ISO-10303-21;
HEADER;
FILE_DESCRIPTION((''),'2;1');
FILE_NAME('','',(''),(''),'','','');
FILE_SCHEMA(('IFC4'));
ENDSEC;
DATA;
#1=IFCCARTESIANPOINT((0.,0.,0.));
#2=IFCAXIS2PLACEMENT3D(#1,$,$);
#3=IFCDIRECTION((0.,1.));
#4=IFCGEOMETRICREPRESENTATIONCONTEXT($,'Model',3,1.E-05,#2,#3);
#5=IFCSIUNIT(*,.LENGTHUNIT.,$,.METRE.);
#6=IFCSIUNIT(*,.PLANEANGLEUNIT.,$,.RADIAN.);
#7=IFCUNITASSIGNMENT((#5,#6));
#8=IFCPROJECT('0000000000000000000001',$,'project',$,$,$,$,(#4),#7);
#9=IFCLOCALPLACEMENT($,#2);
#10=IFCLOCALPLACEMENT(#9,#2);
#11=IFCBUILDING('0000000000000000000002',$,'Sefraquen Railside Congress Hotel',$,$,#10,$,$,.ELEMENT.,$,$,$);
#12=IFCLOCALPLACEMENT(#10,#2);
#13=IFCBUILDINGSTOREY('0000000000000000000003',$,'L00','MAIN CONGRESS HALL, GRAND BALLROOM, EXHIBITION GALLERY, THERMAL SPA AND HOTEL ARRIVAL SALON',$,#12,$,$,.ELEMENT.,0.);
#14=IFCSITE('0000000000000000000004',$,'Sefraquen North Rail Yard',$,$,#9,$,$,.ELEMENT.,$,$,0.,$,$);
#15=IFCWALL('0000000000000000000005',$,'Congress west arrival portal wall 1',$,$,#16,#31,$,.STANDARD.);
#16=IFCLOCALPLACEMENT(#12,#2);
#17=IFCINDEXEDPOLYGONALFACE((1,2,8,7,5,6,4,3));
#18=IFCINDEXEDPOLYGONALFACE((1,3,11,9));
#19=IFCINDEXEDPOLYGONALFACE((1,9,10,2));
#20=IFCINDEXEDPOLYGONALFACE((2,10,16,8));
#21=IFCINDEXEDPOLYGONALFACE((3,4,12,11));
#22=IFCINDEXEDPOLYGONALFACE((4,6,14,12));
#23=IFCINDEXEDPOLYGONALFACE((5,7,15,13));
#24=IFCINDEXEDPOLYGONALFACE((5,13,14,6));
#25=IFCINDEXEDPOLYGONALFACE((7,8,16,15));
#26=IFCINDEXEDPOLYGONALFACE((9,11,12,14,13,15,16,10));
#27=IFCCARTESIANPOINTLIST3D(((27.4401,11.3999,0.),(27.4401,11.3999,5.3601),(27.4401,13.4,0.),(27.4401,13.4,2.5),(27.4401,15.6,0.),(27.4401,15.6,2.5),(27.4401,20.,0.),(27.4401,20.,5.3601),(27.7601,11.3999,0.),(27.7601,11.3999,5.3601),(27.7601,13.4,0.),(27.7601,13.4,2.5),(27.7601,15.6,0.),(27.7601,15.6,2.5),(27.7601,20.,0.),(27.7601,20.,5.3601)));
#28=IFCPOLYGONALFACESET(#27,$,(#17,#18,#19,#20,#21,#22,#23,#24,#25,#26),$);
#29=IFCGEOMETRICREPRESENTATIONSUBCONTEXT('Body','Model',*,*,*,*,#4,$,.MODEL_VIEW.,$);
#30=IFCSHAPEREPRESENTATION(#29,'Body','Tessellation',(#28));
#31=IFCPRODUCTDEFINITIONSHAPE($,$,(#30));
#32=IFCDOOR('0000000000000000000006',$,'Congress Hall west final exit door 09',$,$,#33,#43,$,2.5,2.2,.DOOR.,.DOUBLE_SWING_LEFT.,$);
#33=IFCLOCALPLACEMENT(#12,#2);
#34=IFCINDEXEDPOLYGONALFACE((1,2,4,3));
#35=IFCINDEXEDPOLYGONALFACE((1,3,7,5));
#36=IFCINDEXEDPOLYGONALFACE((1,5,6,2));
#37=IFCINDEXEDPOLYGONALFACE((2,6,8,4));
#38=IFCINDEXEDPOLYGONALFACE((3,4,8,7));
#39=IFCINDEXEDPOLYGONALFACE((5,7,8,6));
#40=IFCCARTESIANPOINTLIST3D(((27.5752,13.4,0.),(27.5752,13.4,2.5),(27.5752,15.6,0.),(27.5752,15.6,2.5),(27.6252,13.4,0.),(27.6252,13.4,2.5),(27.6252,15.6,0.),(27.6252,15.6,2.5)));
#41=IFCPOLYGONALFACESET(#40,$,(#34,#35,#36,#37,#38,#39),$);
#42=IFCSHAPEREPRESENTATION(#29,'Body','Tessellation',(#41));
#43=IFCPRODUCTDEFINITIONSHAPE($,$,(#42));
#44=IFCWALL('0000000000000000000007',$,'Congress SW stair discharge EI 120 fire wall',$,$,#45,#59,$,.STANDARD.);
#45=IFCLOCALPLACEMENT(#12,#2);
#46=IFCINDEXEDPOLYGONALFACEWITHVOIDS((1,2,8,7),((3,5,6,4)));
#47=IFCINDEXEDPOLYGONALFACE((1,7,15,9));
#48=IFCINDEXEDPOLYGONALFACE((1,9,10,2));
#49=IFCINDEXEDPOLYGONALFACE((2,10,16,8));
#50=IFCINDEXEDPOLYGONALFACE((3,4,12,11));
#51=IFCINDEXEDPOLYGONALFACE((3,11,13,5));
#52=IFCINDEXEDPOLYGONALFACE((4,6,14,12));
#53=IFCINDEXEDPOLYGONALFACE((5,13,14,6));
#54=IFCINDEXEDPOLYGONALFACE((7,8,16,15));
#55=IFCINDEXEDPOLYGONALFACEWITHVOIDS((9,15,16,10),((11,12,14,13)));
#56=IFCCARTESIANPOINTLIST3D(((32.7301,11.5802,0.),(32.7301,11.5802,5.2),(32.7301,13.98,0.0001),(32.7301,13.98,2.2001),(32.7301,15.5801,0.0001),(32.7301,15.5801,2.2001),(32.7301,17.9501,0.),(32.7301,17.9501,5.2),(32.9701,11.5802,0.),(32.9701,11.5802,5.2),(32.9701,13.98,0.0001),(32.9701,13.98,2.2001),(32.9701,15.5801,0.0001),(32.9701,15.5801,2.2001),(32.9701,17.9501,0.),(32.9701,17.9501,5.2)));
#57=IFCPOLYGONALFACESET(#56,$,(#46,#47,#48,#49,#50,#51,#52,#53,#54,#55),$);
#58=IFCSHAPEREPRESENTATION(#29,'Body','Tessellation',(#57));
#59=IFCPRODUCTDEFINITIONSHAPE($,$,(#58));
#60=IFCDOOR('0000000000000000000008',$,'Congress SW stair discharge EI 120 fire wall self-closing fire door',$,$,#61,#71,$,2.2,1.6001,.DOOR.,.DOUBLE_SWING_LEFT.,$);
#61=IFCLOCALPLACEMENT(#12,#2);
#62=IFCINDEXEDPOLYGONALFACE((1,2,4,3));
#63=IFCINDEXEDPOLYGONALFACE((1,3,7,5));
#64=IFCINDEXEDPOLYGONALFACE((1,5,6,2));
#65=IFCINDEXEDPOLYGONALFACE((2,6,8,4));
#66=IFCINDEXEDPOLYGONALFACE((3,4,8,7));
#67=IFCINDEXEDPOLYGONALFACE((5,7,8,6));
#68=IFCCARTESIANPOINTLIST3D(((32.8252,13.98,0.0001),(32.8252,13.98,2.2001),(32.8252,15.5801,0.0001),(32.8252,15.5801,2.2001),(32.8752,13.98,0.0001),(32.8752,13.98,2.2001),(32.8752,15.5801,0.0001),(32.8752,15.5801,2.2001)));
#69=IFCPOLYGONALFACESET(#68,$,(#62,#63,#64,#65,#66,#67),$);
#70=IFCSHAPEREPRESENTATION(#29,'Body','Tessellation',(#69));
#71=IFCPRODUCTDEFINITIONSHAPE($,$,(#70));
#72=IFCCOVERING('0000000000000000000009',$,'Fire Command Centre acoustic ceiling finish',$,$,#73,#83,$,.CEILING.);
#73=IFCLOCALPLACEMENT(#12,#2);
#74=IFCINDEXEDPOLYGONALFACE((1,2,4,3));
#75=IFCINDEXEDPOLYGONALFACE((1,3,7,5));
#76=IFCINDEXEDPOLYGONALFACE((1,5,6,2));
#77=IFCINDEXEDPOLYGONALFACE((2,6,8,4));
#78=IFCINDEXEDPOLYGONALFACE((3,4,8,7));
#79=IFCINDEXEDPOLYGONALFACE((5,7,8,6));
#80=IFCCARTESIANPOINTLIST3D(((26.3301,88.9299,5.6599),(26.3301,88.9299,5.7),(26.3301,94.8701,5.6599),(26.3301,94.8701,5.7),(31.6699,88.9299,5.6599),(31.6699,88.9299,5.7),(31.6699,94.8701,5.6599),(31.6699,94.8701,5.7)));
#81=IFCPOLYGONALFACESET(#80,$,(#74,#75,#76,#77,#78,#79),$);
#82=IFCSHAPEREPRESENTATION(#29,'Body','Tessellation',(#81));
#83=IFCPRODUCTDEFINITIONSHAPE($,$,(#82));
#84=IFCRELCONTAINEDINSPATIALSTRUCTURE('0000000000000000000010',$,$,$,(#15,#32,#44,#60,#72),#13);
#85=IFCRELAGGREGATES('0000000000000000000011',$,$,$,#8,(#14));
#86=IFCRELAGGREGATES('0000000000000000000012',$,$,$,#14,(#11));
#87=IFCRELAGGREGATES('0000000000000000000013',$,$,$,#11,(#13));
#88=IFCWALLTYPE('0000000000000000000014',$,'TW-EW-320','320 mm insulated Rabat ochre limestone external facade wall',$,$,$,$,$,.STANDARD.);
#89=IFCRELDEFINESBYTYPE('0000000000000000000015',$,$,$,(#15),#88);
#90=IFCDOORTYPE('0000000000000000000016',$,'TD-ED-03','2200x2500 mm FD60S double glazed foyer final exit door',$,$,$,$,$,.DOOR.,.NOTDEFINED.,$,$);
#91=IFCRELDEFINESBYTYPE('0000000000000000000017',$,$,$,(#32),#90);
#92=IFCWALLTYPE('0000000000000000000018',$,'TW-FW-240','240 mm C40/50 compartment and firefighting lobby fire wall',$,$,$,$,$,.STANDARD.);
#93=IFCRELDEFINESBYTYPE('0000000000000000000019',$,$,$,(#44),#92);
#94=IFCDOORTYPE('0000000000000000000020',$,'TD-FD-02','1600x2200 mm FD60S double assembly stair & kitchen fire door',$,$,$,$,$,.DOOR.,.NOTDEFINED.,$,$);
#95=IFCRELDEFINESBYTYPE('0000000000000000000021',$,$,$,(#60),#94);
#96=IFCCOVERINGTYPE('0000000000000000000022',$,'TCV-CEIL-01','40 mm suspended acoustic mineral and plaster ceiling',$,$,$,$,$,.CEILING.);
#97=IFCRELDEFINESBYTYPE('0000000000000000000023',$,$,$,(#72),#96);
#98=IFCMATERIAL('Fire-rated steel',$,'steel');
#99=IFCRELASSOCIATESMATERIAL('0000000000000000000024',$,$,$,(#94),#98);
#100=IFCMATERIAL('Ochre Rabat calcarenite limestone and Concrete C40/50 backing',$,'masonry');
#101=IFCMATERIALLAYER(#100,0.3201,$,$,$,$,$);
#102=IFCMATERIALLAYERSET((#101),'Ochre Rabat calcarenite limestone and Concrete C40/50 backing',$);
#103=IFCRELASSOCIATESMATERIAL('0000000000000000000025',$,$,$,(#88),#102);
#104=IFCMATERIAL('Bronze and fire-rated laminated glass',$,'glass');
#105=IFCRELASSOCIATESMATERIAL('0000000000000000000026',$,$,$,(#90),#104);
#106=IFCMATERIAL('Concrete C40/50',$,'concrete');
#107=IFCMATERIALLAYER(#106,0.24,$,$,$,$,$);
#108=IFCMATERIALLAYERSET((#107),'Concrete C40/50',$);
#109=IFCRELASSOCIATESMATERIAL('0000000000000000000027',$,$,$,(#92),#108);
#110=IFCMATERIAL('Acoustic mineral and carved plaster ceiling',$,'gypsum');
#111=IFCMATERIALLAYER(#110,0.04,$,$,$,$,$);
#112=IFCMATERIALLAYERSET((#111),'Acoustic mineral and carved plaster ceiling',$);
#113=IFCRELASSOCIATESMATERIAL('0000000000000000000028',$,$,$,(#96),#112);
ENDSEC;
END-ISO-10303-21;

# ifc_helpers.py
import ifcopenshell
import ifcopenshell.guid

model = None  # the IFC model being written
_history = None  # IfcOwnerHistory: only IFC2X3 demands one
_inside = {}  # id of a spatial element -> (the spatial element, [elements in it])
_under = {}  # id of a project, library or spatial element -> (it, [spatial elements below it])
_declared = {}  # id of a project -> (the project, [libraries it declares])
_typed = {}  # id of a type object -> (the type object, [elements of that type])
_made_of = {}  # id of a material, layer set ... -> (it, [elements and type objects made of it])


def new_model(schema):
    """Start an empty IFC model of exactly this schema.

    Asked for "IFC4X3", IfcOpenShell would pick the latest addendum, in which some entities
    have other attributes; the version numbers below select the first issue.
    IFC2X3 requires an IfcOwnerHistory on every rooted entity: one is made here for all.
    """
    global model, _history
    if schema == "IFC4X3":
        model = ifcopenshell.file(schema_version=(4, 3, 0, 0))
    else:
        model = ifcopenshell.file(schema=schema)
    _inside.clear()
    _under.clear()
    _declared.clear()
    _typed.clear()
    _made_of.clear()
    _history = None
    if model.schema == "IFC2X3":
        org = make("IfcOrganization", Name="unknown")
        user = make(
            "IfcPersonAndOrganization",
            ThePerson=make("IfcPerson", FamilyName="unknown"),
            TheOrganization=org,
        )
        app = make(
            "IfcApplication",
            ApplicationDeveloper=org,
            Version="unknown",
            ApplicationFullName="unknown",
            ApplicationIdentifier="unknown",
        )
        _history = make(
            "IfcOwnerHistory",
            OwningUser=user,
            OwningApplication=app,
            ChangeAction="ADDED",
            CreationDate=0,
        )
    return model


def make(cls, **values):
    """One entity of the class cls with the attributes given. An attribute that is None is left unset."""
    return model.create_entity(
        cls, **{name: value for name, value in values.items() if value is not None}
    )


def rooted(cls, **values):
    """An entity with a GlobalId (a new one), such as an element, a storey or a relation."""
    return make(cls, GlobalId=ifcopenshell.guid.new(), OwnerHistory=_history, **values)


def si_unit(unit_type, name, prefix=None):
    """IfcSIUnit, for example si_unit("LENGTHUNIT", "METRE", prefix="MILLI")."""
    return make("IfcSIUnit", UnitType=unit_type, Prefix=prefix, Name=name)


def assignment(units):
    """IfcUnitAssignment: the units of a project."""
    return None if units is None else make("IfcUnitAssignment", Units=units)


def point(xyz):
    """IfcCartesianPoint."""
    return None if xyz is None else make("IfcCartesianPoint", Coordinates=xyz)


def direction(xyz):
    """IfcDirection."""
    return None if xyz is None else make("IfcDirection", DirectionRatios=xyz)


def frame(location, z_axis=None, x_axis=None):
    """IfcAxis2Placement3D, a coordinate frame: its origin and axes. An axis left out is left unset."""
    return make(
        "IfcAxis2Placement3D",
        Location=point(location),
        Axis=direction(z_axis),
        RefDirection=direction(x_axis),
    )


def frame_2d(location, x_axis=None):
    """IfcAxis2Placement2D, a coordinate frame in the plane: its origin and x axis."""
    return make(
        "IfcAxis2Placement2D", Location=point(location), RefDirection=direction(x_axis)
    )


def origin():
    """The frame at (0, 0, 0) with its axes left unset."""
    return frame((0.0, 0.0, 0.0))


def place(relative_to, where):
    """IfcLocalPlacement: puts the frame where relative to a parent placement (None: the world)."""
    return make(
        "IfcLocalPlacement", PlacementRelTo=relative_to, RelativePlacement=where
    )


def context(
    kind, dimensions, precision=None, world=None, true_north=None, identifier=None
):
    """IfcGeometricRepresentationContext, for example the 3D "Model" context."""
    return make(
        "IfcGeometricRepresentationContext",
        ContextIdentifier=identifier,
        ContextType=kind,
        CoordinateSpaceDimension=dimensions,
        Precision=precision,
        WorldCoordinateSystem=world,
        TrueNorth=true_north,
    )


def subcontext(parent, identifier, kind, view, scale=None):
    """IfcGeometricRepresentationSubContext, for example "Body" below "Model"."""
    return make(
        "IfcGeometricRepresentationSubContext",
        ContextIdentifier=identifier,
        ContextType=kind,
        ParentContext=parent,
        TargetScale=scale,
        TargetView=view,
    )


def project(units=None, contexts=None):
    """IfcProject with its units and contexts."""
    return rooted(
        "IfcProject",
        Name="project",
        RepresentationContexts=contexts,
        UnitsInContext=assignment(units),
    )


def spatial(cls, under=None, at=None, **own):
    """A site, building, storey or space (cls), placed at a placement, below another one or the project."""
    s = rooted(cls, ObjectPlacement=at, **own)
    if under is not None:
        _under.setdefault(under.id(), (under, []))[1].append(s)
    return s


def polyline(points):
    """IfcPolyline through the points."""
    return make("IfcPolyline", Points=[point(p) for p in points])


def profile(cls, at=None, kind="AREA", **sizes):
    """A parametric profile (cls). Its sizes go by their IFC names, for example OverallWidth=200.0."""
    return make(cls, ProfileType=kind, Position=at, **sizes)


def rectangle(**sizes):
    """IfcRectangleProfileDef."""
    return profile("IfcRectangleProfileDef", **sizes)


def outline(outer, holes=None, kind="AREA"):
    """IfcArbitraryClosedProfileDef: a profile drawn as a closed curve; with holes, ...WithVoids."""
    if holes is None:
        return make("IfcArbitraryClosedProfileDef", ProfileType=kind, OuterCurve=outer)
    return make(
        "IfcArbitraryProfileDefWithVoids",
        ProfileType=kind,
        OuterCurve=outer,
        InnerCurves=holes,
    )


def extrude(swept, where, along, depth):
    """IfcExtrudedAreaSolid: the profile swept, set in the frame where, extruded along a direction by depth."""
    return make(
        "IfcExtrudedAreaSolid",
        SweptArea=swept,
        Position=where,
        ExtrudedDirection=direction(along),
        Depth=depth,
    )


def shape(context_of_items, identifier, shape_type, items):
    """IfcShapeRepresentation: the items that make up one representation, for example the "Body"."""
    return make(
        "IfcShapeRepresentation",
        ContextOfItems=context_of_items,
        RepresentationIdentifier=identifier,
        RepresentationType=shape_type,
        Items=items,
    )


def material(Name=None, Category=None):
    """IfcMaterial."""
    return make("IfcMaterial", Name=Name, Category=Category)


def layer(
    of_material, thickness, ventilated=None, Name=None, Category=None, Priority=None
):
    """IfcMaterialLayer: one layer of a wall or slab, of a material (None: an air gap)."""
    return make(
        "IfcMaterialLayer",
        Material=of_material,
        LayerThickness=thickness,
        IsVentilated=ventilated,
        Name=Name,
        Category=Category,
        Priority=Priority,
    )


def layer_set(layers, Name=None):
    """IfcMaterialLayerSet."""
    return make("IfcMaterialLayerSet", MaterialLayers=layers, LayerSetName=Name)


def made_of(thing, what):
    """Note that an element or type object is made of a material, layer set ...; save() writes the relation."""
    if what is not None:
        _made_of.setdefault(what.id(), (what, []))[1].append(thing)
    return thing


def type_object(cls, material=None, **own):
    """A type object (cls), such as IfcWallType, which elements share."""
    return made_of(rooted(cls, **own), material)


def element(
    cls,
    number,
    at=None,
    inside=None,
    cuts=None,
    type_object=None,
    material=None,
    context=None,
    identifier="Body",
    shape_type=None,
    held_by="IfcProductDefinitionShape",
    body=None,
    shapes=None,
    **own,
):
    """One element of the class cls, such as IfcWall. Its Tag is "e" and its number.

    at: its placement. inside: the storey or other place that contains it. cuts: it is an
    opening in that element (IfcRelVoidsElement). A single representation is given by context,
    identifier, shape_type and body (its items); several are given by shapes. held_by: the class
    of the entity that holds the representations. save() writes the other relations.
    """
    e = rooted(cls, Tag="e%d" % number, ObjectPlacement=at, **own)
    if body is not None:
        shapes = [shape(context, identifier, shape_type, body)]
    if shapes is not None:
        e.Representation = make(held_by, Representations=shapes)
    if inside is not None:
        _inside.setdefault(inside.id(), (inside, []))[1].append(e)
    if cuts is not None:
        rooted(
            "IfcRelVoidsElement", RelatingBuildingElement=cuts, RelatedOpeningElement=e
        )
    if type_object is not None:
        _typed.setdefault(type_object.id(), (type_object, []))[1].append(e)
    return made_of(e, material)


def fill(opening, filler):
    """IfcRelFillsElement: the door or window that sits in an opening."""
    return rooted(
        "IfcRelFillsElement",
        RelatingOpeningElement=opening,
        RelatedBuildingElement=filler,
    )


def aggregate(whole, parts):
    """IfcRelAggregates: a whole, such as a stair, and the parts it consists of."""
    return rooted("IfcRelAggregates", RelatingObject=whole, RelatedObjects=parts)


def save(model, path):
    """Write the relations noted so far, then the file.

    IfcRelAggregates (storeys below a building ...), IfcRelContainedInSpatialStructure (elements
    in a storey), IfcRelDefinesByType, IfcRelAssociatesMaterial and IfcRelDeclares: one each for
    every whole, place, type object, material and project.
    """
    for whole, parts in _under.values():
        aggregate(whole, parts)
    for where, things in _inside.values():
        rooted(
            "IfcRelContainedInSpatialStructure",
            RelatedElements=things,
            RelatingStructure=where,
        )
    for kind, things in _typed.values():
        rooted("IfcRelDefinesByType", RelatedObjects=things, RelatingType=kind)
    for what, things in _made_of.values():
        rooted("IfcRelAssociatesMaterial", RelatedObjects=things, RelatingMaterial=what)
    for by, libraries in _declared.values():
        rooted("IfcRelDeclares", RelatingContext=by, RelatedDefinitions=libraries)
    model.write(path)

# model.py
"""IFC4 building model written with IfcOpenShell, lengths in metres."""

from ifc_helpers import new_model, si_unit, direction, frame, frame_2d, origin, place, context, subcontext, project, spatial, polyline, rectangle, outline, extrude, material, layer, layer_set, type_object, element, fill, save


model = new_model("IFC4")

# Units and contexts
model_context = context("Model", 3, precision=1e-05, world=origin(), true_north=direction((0.0, 1.0)))
body_context = subcontext(model_context, "Body", "Model", "MODEL_VIEW")
ifc_project = project(units=[si_unit("LENGTHUNIT", "METRE"), si_unit("PLANEANGLEUNIT", "RADIAN")], contexts=[model_context])

# Site, building, storey
site_placement = place(None, origin())
site = spatial("IfcSite", under=ifc_project, at=site_placement, Name="Sefraquen North Rail Yard", CompositionType="ELEMENT", RefElevation=0.0)
building_placement = place(site_placement, origin())
building = spatial("IfcBuilding", under=site, at=building_placement, Name="Sefraquen Railside Congress Hotel", CompositionType="ELEMENT")
storey_placement = place(building_placement, origin())
storey = spatial("IfcBuildingStorey", under=building, at=storey_placement, Name="L00", Description="MAIN CONGRESS HALL, GRAND BALLROOM, EXHIBITION GALLERY, THERMAL SPA AND HOTEL ARRIVAL SALON", CompositionType="ELEMENT", Elevation=0.0)

# Walls, openings, doors
ifc_material_1 = material(Name="Fire-rated steel", Category="steel")
door_type_1 = type_object("IfcDoorType", Name="TD-FD-02", Description="1600x2200 mm FD60S double assembly stair & kitchen fire door", OperationType="NOTDEFINED", PredefinedType="DOOR", material=ifc_material_1)
ifc_material_2 = material(Name="Ochre Rabat calcarenite limestone and Concrete C40/50 backing", Category="masonry")
ifc_layer_1 = layer(ifc_material_2, 0.3201)
ifc_layer_set_1 = layer_set([ifc_layer_1], Name="Ochre Rabat calcarenite limestone and Concrete C40/50 backing")
wall_type_1 = type_object("IfcWallType", Name="TW-EW-320", Description="320 mm insulated Rabat ochre limestone external facade wall", PredefinedType="STANDARD", material=ifc_layer_set_1)
ifc_material_3 = material(Name="Bronze and fire-rated laminated glass", Category="glass")
wall_1_placement = place(storey_placement, frame((27.6001, 11.3999, 0.0), z_axis=(0.0, 0.0, 1.0), x_axis=(0.0, 1.0, 0.0)))
wall_1 = element("IfcWall", 1, at=wall_1_placement, inside=storey, type_object=wall_type_1, Name="Congress west arrival portal wall 1", PredefinedType="STANDARD", context=body_context, shape_type="SweptSolid", body=[
    extrude(rectangle(XDim=8.6001, YDim=0.3201, at=frame_2d((4.3, 0.0))), origin(), (0.0, 0.0, 1.0), 5.3601),
])
opening_1_placement = place(wall_1_placement, frame((2.0, 0.0, 0.0)))
opening_1 = element("IfcOpeningElement", 2, at=opening_1_placement, cuts=wall_1, PredefinedType="OPENING", context=body_context, shape_type="SweptSolid", body=[
    extrude(rectangle(XDim=2.2, YDim=2.5, at=frame_2d((1.1001, 1.25))), frame((0.0, 0.1699, 0.0), z_axis=(0.0, -1.0, 0.0), x_axis=(1.0, 0.0, 0.0)), (0.0, 0.0, 1.0), 0.3401),
])
door_type_2 = type_object("IfcDoorType", Name="TD-ED-03", Description="2200x2500 mm FD60S double glazed foyer final exit door", OperationType="NOTDEFINED", PredefinedType="DOOR", material=ifc_material_3)
door_1_placement = place(opening_1_placement, origin())
door_1 = element("IfcDoor", 3, at=door_1_placement, inside=storey, type_object=door_type_2, Name="Congress Hall west final exit door 09", OperationType="DOUBLE_SWING_LEFT", OverallHeight=2.5, OverallWidth=2.2, PredefinedType="DOOR", context=body_context, shape_type="SweptSolid", body=[
    extrude(rectangle(XDim=2.2, YDim=2.5, at=frame_2d((1.1001, 1.25))), frame((0.0, 0.0249, 0.0), z_axis=(0.0, -1.0, 0.0), x_axis=(1.0, 0.0, 0.0)), (0.0, 0.0, 1.0), 0.05),
])
fill(opening_1, door_1)
ifc_material_4 = material(Name="Concrete C40/50", Category="concrete")
ifc_layer_2 = layer(ifc_material_4, 0.24)
ifc_layer_set_2 = layer_set([ifc_layer_2], Name="Concrete C40/50")
wall_type_2 = type_object("IfcWallType", Name="TW-FW-240", Description="240 mm C40/50 compartment and firefighting lobby fire wall", PredefinedType="STANDARD", material=ifc_layer_set_2)
wall_2_placement = place(storey_placement, frame((32.8501, 11.5801, 0.0), z_axis=(0.0, 0.0, 1.0), x_axis=(0.0, 1.0, 0.0)))
wall_2 = element("IfcWall", 4, at=wall_2_placement, inside=storey, type_object=wall_type_2, Name="Congress SW stair discharge EI 120 fire wall", PredefinedType="STANDARD", context=body_context, shape_type="SweptSolid", body=[
    extrude(rectangle(XDim=6.3699, YDim=0.24, at=frame_2d((3.1851, 0.0))), origin(), (0.0, 0.0, 1.0), 5.2),
])
opening_2_placement = place(wall_2_placement, frame((2.3999, 0.0, 0.0)))
opening_2 = element("IfcOpeningElement", 5, at=opening_2_placement, cuts=wall_2, PredefinedType="OPENING", context=body_context, shape_type="SweptSolid", body=[
    extrude(rectangle(XDim=1.6001, YDim=2.2, at=frame_2d((0.8, 1.1001))), frame((0.0, 0.1299, 0.0), z_axis=(0.0, -1.0, 0.0), x_axis=(1.0, 0.0, 0.0)), (0.0, 0.0, 1.0), 0.26),
])
door_2_placement = place(opening_2_placement, origin())
door_2 = element("IfcDoor", 6, at=door_2_placement, inside=storey, type_object=door_type_1, Name="Congress SW stair discharge EI 120 fire wall self-closing fire door", OperationType="DOUBLE_SWING_LEFT", OverallHeight=2.2, OverallWidth=1.6001, PredefinedType="DOOR", context=body_context, shape_type="SweptSolid", body=[
    extrude(rectangle(XDim=1.6001, YDim=2.2, at=frame_2d((0.8, 1.1001))), frame((0.0, 0.0249, 0.0), z_axis=(0.0, -1.0, 0.0), x_axis=(1.0, 0.0, 0.0)), (0.0, 0.0, 1.0), 0.05),
])
fill(opening_2, door_2)

# Covering
ifc_material_5 = material(Name="Acoustic mineral and carved plaster ceiling", Category="gypsum")
ifc_layer_3 = layer(ifc_material_5, 0.04)
ifc_layer_set_3 = layer_set([ifc_layer_3], Name="Acoustic mineral and carved plaster ceiling")
covering_type = type_object("IfcCoveringType", Name="TCV-CEIL-01", Description="40 mm suspended acoustic mineral and plaster ceiling", PredefinedType="CEILING", material=ifc_layer_set_3)
covering_placement = place(storey_placement, frame((0.0, 0.0, 5.6599)))
element("IfcCovering", 7, at=covering_placement, inside=storey, type_object=covering_type, Name="Fire Command Centre acoustic ceiling finish", PredefinedType="CEILING", context=body_context, shape_type="SweptSolid", body=[
    extrude(outline(polyline([(26.3301, 88.9299), (31.6699, 88.9299), (31.6699, 94.8701), (26.3301, 94.8701), (26.3301, 88.9299)])), origin(), (0.0, 0.0, 1.0), 0.04),
])

save(model, "model.ifc")
